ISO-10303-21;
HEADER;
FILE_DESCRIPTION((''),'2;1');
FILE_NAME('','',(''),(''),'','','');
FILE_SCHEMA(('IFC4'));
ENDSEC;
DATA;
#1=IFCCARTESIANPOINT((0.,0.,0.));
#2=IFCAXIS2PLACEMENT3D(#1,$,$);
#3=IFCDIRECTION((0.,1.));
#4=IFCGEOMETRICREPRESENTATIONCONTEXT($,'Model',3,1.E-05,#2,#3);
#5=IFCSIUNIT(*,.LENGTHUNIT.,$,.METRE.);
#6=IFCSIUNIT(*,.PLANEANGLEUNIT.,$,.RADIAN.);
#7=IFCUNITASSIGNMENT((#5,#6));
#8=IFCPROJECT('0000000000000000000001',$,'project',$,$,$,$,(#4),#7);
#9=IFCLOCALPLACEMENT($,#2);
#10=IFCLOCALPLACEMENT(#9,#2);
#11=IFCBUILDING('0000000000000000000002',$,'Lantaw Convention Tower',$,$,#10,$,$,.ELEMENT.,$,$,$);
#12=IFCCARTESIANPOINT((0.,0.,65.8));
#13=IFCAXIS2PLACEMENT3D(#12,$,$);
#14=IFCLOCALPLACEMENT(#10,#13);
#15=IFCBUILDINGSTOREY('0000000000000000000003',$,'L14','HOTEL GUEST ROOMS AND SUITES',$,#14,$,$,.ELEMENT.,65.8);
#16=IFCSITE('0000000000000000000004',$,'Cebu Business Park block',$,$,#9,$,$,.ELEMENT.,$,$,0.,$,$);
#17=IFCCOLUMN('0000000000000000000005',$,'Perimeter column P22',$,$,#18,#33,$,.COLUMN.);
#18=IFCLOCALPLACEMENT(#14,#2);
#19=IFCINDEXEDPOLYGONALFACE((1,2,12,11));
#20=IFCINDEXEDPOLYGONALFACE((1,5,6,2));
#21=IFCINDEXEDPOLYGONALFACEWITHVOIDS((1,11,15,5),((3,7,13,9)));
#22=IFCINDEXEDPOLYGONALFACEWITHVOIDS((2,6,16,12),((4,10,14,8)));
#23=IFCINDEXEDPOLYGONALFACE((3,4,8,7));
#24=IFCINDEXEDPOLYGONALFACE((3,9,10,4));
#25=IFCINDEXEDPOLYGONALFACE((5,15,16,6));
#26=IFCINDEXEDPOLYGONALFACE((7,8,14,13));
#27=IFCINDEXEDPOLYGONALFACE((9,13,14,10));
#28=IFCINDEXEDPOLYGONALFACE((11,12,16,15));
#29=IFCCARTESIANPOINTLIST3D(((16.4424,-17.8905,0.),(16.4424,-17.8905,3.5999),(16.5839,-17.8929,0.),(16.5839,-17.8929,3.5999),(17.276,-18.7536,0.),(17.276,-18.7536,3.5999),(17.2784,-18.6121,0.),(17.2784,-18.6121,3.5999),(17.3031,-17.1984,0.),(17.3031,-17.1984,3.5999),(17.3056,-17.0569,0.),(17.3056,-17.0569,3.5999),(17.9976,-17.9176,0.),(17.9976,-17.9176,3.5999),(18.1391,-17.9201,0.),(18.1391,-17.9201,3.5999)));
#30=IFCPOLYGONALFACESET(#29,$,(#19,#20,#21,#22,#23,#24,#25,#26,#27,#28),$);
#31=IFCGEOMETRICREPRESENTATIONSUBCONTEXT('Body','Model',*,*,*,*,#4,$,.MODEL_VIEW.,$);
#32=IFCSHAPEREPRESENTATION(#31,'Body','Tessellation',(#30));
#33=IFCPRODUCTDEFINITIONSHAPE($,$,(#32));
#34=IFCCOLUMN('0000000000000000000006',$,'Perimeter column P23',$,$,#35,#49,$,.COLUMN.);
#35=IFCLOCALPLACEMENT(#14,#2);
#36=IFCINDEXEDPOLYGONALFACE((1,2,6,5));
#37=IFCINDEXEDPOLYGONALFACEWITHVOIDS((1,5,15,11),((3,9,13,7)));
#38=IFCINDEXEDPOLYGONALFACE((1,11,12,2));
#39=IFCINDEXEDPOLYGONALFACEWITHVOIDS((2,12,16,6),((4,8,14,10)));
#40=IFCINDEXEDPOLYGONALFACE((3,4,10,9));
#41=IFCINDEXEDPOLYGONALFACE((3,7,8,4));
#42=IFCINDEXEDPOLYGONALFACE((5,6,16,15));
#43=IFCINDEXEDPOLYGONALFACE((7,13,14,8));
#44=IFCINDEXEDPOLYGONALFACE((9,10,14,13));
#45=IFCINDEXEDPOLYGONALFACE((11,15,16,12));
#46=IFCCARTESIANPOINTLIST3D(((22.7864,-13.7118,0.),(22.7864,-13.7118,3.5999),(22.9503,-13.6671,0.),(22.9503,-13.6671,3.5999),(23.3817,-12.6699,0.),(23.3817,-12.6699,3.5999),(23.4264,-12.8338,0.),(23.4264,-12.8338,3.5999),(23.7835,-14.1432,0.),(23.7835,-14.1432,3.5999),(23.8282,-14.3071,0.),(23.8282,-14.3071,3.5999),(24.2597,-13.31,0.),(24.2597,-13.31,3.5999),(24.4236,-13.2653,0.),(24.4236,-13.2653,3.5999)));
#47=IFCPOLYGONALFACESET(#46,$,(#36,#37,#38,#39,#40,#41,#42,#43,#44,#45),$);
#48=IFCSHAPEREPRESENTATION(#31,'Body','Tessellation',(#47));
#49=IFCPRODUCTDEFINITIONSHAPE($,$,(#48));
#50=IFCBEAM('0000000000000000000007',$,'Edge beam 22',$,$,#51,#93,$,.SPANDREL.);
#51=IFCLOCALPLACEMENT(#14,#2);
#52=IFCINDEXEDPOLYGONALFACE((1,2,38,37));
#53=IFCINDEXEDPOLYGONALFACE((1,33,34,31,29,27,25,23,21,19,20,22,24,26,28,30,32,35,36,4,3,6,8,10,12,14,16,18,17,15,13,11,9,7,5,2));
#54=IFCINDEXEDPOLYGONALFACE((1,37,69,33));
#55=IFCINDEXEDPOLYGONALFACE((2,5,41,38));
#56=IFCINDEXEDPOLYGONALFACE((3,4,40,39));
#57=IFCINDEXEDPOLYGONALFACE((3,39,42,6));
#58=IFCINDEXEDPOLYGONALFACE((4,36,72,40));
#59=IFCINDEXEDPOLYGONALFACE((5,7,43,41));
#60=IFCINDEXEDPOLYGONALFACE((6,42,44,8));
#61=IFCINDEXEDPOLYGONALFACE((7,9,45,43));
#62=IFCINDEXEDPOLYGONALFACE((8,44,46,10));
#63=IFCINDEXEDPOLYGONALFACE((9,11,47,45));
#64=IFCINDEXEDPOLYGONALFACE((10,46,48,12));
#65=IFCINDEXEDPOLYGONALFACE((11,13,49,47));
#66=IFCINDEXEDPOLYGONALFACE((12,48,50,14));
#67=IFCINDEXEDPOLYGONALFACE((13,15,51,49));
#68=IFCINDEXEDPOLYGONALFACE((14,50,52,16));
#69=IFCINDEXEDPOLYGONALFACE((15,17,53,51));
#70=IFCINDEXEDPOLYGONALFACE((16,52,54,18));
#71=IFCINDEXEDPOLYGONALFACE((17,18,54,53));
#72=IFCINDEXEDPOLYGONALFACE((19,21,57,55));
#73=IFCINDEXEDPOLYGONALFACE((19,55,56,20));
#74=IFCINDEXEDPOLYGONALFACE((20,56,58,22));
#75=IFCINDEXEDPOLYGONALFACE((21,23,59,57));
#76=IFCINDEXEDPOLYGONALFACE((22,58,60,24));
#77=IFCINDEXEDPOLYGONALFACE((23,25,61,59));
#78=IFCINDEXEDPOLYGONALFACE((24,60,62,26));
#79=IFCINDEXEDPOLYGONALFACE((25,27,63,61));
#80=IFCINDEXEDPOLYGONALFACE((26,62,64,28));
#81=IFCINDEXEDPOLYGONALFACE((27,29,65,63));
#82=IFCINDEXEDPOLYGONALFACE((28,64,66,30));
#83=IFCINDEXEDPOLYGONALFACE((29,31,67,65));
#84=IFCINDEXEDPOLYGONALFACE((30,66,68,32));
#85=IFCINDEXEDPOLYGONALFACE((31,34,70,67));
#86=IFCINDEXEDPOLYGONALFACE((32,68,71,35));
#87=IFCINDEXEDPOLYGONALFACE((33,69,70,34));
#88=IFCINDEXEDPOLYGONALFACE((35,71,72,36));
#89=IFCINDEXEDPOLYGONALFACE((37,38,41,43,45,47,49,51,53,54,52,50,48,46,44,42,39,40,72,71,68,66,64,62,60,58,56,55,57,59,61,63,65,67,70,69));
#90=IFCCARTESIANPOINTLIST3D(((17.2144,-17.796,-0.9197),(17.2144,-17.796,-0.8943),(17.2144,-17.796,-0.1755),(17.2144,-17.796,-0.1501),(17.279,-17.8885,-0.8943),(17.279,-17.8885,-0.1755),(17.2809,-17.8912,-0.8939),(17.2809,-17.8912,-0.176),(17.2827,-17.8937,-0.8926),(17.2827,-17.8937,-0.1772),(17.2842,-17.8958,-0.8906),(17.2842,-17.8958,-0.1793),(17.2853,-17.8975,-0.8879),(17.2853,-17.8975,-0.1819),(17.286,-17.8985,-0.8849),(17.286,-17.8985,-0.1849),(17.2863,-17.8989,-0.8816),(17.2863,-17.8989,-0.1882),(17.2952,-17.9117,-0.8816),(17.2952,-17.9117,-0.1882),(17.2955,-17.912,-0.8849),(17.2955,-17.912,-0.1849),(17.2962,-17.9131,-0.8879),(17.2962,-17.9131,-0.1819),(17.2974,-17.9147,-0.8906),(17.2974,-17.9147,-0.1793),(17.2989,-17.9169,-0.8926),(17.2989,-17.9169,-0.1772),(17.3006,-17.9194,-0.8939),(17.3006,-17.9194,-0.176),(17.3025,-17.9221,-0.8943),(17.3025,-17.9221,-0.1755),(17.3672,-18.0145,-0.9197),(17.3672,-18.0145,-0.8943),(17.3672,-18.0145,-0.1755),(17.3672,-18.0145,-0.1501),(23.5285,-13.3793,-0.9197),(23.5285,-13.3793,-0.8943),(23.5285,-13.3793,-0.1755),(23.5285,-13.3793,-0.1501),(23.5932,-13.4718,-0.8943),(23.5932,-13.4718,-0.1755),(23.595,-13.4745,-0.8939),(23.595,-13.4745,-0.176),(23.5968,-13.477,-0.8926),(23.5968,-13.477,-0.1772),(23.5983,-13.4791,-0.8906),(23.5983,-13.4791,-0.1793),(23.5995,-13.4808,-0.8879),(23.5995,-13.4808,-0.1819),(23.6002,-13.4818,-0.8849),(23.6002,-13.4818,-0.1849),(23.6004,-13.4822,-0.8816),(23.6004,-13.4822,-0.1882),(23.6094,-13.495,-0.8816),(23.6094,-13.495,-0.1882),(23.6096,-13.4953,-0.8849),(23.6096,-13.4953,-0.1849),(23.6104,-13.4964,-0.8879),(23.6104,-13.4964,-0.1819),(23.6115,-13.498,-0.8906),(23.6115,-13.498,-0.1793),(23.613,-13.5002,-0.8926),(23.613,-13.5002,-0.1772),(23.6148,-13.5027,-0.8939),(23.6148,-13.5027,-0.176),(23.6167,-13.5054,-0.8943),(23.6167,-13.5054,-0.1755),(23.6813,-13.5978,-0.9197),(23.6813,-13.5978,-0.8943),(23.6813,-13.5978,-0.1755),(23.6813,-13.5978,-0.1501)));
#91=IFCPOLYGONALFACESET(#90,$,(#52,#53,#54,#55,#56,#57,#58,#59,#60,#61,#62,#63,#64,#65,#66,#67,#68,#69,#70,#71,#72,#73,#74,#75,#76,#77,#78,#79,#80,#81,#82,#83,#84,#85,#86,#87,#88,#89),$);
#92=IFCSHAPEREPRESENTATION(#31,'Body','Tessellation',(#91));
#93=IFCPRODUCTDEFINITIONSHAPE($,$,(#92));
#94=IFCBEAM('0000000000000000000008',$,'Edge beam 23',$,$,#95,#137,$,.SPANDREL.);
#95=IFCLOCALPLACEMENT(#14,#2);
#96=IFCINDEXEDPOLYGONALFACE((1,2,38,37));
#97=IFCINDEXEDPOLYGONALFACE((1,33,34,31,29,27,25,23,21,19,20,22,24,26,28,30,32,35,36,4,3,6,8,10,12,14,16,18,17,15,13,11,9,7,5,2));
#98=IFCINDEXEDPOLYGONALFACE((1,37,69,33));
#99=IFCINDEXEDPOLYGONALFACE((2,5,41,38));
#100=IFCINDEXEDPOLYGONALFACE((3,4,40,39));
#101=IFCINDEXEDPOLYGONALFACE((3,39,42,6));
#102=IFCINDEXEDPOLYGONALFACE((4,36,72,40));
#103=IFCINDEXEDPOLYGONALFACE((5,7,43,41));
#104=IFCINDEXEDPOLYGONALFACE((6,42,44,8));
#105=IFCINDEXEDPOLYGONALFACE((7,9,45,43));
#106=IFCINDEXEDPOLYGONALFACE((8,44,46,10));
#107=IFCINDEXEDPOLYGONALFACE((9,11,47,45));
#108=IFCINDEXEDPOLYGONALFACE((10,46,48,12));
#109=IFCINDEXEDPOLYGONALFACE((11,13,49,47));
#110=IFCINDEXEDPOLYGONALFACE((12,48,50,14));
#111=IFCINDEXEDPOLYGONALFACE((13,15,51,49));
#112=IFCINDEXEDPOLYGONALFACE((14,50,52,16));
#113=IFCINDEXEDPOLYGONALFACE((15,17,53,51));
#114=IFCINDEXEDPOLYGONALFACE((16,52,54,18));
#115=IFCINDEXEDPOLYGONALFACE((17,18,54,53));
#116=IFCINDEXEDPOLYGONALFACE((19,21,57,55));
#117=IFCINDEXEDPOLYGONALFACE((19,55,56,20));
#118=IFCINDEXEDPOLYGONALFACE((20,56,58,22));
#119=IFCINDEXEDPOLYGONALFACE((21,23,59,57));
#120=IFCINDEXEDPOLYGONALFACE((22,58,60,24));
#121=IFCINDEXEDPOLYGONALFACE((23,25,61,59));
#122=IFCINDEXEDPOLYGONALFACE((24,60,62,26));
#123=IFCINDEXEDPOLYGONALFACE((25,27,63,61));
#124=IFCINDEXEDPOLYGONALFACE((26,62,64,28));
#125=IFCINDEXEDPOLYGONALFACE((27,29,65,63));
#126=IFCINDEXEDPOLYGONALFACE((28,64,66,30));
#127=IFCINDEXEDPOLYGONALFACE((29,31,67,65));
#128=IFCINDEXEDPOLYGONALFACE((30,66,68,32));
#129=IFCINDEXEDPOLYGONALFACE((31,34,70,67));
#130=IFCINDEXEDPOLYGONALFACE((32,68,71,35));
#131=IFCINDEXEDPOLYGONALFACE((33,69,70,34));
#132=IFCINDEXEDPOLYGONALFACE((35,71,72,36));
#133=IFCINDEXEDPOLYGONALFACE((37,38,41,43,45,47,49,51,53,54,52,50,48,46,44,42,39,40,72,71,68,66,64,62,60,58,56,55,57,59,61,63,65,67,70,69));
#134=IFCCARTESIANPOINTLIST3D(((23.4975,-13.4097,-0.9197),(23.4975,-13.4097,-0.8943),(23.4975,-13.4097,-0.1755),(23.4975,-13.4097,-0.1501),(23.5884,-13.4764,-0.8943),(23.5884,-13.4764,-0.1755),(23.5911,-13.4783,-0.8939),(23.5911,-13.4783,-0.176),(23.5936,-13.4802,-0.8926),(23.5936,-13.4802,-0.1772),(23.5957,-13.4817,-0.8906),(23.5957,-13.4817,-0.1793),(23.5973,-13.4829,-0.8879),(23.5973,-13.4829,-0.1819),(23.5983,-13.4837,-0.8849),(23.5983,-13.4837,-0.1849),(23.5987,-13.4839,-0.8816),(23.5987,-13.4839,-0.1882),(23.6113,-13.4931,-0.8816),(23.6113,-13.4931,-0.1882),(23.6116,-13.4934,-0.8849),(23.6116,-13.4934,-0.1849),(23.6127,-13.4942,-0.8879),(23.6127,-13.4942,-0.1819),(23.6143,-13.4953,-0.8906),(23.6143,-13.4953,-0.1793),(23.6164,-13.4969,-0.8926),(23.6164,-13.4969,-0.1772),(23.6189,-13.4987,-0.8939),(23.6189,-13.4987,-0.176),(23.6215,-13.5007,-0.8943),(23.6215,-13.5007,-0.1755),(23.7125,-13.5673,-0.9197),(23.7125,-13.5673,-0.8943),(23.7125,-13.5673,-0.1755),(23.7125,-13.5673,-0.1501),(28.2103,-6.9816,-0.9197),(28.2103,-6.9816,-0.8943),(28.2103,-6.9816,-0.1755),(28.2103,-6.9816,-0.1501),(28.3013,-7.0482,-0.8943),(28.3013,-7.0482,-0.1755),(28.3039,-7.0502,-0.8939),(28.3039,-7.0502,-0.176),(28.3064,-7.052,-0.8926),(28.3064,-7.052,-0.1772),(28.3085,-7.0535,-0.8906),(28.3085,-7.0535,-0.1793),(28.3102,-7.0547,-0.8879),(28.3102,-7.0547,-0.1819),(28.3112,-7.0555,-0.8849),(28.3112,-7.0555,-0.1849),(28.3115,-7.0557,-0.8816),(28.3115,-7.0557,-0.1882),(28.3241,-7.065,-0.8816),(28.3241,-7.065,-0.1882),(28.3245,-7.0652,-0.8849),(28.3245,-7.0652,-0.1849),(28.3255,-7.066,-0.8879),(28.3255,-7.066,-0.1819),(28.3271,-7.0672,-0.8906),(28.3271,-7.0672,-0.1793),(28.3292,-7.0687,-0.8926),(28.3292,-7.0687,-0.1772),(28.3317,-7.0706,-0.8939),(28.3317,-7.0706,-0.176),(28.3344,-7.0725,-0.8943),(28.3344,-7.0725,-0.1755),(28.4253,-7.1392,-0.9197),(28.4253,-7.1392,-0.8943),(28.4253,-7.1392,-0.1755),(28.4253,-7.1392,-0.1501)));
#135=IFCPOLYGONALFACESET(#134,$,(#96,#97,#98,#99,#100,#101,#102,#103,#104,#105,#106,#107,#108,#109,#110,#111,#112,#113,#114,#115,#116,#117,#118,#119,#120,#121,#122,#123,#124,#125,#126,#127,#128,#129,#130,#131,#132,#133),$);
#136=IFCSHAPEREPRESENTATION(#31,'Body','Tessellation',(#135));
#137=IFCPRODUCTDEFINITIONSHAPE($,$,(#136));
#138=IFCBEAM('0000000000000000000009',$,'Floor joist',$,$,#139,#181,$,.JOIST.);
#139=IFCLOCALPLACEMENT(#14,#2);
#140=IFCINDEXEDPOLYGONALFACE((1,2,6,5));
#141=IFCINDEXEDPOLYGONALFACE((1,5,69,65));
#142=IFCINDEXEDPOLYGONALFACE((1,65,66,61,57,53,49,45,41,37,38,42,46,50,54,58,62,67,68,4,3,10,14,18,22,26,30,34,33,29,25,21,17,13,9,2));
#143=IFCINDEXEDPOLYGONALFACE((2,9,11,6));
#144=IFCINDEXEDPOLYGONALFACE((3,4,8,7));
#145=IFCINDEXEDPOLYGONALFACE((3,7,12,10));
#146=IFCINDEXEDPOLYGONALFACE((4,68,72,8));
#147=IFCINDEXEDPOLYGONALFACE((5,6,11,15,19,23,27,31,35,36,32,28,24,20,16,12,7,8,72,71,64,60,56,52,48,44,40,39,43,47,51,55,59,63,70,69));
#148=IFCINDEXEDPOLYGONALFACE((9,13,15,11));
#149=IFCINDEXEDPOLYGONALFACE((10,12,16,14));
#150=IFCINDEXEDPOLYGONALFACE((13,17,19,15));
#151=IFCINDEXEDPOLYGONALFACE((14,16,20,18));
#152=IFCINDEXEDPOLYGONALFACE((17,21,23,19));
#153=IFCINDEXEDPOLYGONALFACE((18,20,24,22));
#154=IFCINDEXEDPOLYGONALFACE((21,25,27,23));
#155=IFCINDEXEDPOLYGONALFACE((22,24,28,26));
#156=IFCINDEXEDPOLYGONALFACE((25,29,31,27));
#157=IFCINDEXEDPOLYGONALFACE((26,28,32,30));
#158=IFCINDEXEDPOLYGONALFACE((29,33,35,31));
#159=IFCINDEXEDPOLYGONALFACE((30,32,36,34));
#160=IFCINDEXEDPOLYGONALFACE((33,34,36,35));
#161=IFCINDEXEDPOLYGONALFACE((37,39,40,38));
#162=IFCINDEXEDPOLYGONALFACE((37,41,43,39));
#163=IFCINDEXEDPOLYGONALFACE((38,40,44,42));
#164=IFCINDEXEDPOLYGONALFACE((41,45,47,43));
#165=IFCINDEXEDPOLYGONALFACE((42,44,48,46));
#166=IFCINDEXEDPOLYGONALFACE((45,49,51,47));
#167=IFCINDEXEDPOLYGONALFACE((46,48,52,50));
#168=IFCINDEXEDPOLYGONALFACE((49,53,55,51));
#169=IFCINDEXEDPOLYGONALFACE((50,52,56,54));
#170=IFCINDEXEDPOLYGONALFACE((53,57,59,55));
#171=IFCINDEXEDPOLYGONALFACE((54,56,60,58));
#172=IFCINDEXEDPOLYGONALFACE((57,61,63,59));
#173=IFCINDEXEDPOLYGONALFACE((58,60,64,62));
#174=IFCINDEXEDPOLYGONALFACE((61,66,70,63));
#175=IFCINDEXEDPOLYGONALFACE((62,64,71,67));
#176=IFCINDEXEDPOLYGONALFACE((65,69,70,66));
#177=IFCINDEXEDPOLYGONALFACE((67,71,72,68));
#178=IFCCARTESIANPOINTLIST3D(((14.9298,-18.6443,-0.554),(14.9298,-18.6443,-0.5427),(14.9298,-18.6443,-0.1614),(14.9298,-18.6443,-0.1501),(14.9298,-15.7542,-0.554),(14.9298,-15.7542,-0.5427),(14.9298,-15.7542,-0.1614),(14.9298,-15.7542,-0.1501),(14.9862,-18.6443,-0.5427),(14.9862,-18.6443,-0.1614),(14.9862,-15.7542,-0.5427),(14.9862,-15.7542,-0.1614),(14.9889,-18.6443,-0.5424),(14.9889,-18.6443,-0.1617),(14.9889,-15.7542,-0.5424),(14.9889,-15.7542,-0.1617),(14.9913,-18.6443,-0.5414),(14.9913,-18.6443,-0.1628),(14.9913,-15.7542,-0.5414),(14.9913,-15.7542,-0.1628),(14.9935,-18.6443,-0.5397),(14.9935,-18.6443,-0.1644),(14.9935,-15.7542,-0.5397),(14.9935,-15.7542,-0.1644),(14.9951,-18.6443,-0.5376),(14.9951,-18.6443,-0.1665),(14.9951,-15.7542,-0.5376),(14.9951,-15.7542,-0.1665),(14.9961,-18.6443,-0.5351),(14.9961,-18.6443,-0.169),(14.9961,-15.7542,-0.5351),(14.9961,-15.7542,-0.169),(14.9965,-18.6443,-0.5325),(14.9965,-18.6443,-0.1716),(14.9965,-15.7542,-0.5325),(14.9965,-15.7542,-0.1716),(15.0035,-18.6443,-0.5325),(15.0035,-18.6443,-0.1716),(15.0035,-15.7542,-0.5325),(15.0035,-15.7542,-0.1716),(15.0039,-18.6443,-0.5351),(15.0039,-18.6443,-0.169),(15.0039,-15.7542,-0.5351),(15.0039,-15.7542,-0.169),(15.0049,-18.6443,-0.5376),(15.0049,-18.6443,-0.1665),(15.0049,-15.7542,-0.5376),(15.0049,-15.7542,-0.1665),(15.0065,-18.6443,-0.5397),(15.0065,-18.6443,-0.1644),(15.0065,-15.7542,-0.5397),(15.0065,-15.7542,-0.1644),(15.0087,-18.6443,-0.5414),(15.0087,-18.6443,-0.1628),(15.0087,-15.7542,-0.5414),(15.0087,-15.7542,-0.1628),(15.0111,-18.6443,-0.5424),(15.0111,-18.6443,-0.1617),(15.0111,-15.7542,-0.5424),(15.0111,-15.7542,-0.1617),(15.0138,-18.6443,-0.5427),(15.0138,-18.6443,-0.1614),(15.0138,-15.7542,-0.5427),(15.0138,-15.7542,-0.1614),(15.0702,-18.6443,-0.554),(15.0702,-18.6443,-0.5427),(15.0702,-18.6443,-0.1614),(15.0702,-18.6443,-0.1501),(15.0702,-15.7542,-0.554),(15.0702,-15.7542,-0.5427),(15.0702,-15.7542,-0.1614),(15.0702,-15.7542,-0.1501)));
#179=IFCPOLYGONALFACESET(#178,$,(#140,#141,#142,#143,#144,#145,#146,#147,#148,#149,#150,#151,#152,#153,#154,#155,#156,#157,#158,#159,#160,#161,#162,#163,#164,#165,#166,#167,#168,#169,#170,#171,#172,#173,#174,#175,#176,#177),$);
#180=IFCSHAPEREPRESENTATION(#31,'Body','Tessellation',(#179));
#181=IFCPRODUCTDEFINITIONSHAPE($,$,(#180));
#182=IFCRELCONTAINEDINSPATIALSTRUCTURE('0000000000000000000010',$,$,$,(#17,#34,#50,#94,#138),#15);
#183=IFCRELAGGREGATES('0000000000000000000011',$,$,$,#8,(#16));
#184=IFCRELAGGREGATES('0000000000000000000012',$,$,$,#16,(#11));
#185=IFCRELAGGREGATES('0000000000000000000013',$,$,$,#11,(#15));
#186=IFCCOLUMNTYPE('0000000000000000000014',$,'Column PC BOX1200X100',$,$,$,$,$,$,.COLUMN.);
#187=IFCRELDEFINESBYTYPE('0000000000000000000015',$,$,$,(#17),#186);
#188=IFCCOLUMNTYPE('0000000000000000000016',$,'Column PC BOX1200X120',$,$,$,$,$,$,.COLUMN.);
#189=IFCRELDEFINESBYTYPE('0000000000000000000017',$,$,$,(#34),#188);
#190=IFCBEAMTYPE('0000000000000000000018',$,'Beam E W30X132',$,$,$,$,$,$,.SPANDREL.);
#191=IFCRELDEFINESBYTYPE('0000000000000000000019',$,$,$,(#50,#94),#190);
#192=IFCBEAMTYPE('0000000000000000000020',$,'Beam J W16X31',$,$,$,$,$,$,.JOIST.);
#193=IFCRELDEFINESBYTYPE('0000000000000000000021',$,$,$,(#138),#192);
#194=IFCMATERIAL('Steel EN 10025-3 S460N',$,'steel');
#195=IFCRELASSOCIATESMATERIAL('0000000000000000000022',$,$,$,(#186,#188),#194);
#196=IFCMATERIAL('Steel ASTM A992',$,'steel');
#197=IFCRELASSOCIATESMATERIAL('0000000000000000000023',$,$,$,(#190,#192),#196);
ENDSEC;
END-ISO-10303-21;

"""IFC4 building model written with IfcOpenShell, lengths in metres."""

from ifc_helpers import new_model, si_unit, direction, frame, origin, origin_2d, place, context, subcontext, project, spatial, rectangle, hollow_rectangle, i_section, extrude, material, material_profile, profile_set, type_object, element, save


model = new_model("IFC4")

# Units and contexts
model_context = context("Model", 3, precision=1e-05, world=origin(), true_north=direction((0.0, 1.0)))
body_context = subcontext(model_context, "Body", "Model", "MODEL_VIEW")
ifc_project = project(units=[si_unit("LENGTHUNIT", "METRE"), si_unit("PLANEANGLEUNIT", "RADIAN")], contexts=[model_context])

# Site, building, storey
site_placement = place(None, origin())
site = spatial("IfcSite", under=ifc_project, at=site_placement, Name="Cebu Business Park block", CompositionType="ELEMENT", RefElevation=0.0)
building_placement = place(site_placement, origin())
building = spatial("IfcBuilding", under=site, at=building_placement, Name="Lantaw Convention Tower", CompositionType="ELEMENT")
storey_placement = place(building_placement, frame((0.0, 0.0, 65.8)))
storey = spatial("IfcBuildingStorey", under=building, at=storey_placement, Name="L14", Description="HOTEL GUEST ROOMS AND SUITES", CompositionType="ELEMENT", Elevation=65.8)

# Columns
ifc_material_1 = material(Name="Steel EN 10025-3 S460N", Category="steel")
ifc_material_profile_1 = material_profile(ifc_material_1, hollow_rectangle(XDim=1.2, YDim=1.2, WallThickness=0.1001, at=origin_2d()), Name="BOX1200X100")
ifc_material_2 = material(Name="Concrete C60/75", Category="concrete")
ifc_material_profile_2 = material_profile(ifc_material_2, rectangle(XDim=1.0, YDim=1.0, at=origin_2d()), Name="Concrete fill of BOX1200X100")
ifc_profile_set_1 = profile_set([ifc_material_profile_1, ifc_material_profile_2], Name="Steel EN 10025-3 S460N")
column_type_1 = type_object("IfcColumnType", Name="Column PC BOX1200X100", PredefinedType="COLUMN", material=ifc_profile_set_1)
column_1_placement = place(storey_placement, frame((17.2908, -17.9053, 0.0), z_axis=(0.0, 0.0, 1.0), x_axis=(0.71934, 0.694658, 0.0)))
element("IfcColumn", 1, at=column_1_placement, inside=storey, type_object=column_type_1, Name="Perimeter column P22", PredefinedType="COLUMN", context=body_context, shape_type="SweptSolid", body=[
    extrude(hollow_rectangle(XDim=1.2, YDim=1.2, WallThickness=0.1001, at=origin_2d()), origin(), (0.0, 0.0, 1.0), 3.5999),
])
ifc_material_profile_3 = material_profile(ifc_material_1, hollow_rectangle(XDim=1.2, YDim=1.2, WallThickness=0.1201, at=origin_2d()), Name="BOX1200X120")
ifc_material_profile_4 = material_profile(ifc_material_2, rectangle(XDim=0.96, YDim=0.96, at=origin_2d()), Name="Concrete fill of BOX1200X120")
ifc_profile_set_2 = profile_set([ifc_material_profile_3, ifc_material_profile_4], Name="Steel EN 10025-3 S460N")
column_type_2 = type_object("IfcColumnType", Name="Column PC BOX1200X120", PredefinedType="COLUMN", material=ifc_profile_set_2)
column_2_placement = place(storey_placement, frame((23.605, -13.4885, 0.0), z_axis=(0.0, 0.0, 1.0), x_axis=(0.496139, 0.868243, 0.0)))
element("IfcColumn", 2, at=column_2_placement, inside=storey, type_object=column_type_2, Name="Perimeter column P23", PredefinedType="COLUMN", context=body_context, shape_type="SweptSolid", body=[
    extrude(hollow_rectangle(XDim=1.2, YDim=1.2, WallThickness=0.1201, at=origin_2d()), origin(), (0.0, 0.0, 1.0), 3.5999),
])

# Beams
ifc_material_3 = material(Name="Steel ASTM A992", Category="steel")
ifc_material_profile_5 = material_profile(ifc_material_3, i_section(OverallWidth=0.2666, OverallDepth=0.7695, WebThickness=0.0156, FlangeThickness=0.0254, FilletRadius=0.0127, at=origin_2d()), Name="W30X132")
ifc_profile_set_3 = profile_set([ifc_material_profile_5], Name="Steel ASTM A992")
beam_type_1 = type_object("IfcBeamType", Name="Beam E W30X132", PredefinedType="SPANDREL", material=ifc_profile_set_3)
beam_1_placement = place(storey_placement, frame((17.2908, -17.9053, -0.5349), z_axis=(0.819427, 0.573184, 0.0), x_axis=(-0.573184, 0.819427, 0.0)))
element("IfcBeam", 3, at=beam_1_placement, inside=storey, type_object=beam_type_1, Name="Edge beam 22", PredefinedType="SPANDREL", context=body_context, shape_type="SweptSolid", body=[
    extrude(i_section(OverallWidth=0.2666, OverallDepth=0.7695, WebThickness=0.0156, FlangeThickness=0.0254, FilletRadius=0.0127, at=origin_2d()), origin(), (0.0, 0.0, 1.0), 7.7056),
])
beam_2_placement = place(storey_placement, frame((23.605, -13.4885, -0.5349), z_axis=(0.591271, 0.806473, 0.0), x_axis=(-0.806473, 0.591271, 0.0)))
element("IfcBeam", 4, at=beam_2_placement, inside=storey, type_object=beam_type_1, Name="Edge beam 23", PredefinedType="SPANDREL", context=body_context, shape_type="SweptSolid", body=[
    extrude(i_section(OverallWidth=0.2666, OverallDepth=0.7695, WebThickness=0.0156, FlangeThickness=0.0254, FilletRadius=0.0127, at=origin_2d()), origin(), (0.0, 0.0, 1.0), 7.9707),
])
ifc_material_profile_6 = material_profile(ifc_material_3, i_section(OverallWidth=0.1404, OverallDepth=0.4038, WebThickness=0.0071, FlangeThickness=0.0112, FilletRadius=0.0103, at=origin_2d()), Name="W16X31")
ifc_profile_set_4 = profile_set([ifc_material_profile_6], Name="Steel ASTM A992")
beam_type_2 = type_object("IfcBeamType", Name="Beam J W16X31", PredefinedType="JOIST", material=ifc_profile_set_4)
beam_3_placement = place(storey_placement, frame((15.0, -18.6443, -0.3521), z_axis=(0.0, 1.0, 0.0), x_axis=(-1.0, 0.0, 0.0)))
element("IfcBeam", 5, at=beam_3_placement, inside=storey, type_object=beam_type_2, Name="Floor joist", PredefinedType="JOIST", context=body_context, shape_type="SweptSolid", body=[
    extrude(i_section(OverallWidth=0.1404, OverallDepth=0.4038, WebThickness=0.0071, FlangeThickness=0.0112, FilletRadius=0.0103, at=origin_2d()), origin(), (0.0, 0.0, 1.0), 2.8901),
])

save(model, "model.ifc")
